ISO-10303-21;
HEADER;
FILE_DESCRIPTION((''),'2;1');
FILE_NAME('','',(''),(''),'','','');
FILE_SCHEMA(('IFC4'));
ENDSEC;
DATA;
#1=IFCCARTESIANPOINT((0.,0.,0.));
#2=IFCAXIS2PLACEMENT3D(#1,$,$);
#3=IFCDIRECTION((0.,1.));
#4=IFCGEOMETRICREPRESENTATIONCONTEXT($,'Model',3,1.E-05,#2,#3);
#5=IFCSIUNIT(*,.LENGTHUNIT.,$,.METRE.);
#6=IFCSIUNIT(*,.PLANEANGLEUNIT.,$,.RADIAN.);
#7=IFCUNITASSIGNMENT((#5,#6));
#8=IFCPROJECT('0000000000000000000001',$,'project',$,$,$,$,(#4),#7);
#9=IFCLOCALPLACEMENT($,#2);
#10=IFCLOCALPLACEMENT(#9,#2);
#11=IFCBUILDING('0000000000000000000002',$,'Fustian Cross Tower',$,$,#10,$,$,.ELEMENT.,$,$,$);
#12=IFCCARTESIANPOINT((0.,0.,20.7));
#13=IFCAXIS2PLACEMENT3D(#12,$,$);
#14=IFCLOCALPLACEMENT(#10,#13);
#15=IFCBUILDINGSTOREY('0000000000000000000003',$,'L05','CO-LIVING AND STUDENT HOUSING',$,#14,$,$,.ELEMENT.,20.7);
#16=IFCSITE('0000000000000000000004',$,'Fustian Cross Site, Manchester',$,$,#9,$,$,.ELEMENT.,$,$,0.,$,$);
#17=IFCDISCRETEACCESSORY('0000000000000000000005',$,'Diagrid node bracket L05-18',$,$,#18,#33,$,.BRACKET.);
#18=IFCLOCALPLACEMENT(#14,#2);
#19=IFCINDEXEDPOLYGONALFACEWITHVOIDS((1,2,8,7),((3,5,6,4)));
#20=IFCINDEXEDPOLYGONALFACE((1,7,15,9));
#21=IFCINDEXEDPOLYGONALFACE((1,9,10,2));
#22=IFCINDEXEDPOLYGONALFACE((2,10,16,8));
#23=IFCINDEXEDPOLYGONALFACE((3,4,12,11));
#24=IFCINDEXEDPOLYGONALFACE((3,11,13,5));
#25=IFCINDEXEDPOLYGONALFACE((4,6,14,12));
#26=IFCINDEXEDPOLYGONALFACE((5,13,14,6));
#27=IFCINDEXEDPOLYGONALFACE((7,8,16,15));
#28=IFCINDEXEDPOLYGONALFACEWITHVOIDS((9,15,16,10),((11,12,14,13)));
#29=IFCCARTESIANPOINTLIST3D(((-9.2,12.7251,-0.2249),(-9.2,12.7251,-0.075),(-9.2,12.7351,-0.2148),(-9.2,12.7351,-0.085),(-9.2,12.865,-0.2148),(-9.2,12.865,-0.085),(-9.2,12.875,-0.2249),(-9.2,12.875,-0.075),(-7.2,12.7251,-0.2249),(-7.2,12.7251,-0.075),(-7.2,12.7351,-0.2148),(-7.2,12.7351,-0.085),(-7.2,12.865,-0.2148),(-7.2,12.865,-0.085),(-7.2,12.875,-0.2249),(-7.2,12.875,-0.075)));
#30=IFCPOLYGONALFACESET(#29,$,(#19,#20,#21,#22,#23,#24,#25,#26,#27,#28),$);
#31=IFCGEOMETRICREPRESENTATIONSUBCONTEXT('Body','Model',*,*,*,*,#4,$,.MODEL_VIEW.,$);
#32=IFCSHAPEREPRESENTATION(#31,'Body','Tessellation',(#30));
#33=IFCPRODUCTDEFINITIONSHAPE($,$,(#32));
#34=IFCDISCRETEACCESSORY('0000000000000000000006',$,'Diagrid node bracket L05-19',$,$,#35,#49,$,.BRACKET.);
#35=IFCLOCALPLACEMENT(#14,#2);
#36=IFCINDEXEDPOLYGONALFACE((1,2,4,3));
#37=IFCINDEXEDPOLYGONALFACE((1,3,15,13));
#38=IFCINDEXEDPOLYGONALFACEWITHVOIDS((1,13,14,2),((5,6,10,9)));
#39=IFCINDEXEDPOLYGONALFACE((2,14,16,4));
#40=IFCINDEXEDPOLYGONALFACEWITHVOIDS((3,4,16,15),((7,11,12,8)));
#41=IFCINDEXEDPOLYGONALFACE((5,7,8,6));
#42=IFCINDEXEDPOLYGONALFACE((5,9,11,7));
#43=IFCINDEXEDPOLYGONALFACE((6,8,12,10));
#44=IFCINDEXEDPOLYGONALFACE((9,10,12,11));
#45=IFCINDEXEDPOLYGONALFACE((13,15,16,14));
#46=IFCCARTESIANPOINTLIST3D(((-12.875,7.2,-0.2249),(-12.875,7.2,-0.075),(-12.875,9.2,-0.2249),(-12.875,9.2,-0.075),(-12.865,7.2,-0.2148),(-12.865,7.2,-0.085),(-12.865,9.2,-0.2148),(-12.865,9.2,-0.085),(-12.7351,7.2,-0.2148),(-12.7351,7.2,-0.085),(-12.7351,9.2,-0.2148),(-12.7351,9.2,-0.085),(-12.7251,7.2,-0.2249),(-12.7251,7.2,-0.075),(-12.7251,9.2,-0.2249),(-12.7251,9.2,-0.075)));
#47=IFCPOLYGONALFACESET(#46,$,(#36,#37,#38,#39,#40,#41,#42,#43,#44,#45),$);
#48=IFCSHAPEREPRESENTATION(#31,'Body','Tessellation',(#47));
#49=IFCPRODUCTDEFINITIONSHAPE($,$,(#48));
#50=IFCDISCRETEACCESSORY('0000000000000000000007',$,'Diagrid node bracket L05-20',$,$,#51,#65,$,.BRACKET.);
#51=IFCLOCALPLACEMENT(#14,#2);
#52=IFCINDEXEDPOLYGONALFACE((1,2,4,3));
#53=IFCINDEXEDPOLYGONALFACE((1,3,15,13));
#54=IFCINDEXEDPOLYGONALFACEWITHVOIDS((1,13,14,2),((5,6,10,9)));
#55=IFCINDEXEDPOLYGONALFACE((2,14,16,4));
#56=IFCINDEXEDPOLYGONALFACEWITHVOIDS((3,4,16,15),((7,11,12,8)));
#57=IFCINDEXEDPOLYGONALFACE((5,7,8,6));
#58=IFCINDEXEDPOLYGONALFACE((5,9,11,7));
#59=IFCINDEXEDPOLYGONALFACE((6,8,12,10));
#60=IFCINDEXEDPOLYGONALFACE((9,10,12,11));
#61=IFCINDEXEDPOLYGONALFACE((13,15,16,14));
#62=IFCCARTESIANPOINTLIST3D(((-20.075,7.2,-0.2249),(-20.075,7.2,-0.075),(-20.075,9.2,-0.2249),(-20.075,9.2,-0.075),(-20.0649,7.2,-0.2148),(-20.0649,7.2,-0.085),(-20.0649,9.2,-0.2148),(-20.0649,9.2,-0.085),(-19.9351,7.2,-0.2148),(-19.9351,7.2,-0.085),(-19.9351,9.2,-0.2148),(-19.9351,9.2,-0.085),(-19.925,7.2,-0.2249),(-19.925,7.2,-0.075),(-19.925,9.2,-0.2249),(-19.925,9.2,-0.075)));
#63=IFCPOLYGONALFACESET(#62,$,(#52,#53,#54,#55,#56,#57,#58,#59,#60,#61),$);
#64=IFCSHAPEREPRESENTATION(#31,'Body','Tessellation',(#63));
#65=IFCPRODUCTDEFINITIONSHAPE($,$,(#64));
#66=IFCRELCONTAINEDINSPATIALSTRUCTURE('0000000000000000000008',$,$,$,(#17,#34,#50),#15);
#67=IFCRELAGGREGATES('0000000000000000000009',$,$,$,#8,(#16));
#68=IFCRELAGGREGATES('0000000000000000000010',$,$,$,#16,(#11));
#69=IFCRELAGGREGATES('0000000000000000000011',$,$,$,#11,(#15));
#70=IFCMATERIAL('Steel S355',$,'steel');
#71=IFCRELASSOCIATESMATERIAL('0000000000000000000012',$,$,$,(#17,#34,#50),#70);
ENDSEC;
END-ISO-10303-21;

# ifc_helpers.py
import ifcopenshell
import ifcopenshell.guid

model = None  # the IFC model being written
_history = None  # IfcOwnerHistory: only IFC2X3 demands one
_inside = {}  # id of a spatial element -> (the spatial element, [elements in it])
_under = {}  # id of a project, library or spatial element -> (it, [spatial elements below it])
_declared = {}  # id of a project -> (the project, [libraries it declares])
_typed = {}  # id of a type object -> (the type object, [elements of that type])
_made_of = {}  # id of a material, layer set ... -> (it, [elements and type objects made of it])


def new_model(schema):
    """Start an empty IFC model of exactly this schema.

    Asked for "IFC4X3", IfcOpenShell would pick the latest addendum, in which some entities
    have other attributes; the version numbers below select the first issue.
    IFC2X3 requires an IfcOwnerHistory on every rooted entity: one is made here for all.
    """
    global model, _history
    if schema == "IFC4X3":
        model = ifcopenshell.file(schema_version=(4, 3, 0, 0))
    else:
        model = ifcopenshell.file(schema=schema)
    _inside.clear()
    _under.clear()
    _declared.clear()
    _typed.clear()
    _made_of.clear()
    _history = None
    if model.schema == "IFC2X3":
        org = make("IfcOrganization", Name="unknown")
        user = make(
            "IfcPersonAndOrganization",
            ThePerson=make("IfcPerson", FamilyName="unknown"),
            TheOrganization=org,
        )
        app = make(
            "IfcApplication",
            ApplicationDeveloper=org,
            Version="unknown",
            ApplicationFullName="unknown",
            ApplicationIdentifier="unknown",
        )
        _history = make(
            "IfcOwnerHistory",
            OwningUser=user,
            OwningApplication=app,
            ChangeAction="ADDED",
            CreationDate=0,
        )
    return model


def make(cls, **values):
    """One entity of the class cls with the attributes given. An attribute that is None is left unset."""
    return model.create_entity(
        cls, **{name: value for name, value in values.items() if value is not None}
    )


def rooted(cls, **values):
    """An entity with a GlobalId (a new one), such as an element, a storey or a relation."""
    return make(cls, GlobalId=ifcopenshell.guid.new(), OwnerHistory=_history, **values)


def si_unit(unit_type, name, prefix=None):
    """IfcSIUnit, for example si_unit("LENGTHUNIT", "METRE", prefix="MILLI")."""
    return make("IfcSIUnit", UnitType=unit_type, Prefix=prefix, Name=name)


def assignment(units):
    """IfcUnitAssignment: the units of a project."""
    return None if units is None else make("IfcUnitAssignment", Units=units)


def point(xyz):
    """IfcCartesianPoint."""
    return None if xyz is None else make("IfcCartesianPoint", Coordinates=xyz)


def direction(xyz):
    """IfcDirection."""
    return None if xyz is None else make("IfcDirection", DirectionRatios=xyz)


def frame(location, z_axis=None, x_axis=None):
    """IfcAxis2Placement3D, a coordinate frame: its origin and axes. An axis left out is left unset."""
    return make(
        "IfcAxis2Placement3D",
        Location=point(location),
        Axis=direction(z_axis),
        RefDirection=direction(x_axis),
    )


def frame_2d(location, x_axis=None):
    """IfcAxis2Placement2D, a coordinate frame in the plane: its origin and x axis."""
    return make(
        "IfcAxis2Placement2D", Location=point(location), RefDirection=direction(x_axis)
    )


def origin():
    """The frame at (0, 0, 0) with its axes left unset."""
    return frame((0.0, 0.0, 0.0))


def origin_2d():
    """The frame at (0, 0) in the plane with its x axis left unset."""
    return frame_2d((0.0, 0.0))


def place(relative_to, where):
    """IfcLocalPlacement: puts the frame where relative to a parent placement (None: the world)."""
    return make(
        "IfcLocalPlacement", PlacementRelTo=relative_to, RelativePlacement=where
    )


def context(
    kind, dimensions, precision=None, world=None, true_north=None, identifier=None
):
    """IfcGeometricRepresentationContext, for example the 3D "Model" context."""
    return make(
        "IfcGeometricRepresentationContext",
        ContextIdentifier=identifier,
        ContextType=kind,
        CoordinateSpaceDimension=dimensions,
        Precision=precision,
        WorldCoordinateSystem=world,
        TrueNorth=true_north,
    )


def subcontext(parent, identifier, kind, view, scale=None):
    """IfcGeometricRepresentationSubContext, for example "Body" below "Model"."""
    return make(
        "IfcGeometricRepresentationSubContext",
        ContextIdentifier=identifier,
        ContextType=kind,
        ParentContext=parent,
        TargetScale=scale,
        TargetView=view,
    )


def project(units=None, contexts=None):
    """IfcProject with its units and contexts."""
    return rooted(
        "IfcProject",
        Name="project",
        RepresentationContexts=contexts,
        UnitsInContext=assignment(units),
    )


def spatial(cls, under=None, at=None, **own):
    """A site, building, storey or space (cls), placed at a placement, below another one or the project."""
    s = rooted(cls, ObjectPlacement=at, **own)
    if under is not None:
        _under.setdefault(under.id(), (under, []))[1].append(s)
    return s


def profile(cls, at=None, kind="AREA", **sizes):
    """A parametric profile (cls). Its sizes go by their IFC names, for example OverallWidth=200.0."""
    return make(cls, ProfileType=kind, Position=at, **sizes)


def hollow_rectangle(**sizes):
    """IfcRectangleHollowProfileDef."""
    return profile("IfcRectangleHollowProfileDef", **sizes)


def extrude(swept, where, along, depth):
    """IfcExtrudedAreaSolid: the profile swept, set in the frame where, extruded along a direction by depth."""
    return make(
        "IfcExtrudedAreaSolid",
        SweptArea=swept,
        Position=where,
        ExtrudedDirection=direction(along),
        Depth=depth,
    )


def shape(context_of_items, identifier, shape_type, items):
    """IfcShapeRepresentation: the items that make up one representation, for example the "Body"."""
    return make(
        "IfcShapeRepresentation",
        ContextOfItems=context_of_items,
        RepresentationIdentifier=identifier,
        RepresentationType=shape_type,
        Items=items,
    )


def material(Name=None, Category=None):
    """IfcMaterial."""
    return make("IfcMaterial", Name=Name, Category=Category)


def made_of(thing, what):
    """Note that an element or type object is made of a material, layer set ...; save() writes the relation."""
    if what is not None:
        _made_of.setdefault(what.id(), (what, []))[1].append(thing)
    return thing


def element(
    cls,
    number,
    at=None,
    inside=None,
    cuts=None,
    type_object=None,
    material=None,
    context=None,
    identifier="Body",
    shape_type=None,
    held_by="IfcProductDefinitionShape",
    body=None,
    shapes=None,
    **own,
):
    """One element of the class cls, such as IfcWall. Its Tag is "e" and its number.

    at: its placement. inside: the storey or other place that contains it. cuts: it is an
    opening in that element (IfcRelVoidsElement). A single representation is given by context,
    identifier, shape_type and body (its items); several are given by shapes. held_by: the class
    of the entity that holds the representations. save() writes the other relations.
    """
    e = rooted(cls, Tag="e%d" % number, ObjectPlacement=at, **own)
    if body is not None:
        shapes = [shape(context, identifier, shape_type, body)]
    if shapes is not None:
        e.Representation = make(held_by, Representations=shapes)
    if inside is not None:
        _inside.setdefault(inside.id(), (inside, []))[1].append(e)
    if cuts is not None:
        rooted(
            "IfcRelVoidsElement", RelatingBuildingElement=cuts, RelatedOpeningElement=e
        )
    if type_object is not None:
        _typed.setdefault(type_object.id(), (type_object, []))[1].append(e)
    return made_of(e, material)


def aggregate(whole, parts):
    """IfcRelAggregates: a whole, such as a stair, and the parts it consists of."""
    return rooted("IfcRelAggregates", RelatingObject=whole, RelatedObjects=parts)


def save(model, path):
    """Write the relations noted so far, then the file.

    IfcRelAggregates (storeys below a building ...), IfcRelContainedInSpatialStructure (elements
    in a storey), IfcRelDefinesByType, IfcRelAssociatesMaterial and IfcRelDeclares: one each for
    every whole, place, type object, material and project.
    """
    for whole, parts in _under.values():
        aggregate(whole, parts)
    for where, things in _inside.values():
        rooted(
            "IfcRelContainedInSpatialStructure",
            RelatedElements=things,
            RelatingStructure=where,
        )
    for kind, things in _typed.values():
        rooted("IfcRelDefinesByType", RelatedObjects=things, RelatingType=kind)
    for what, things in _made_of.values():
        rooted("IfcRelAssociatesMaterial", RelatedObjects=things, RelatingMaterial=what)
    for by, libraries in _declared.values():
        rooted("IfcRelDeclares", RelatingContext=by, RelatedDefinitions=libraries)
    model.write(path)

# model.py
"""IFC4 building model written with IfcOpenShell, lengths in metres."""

from ifc_helpers import new_model, si_unit, direction, frame, origin, origin_2d, place, context, subcontext, project, spatial, hollow_rectangle, extrude, material, element, save


model = new_model("IFC4")

# Units and contexts
model_context = context("Model", 3, precision=1e-05, world=origin(), true_north=direction((0.0, 1.0)))
body_context = subcontext(model_context, "Body", "Model", "MODEL_VIEW")
ifc_project = project(units=[si_unit("LENGTHUNIT", "METRE"), si_unit("PLANEANGLEUNIT", "RADIAN")], contexts=[model_context])

# Site, building, storey
site_placement = place(None, origin())
site = spatial("IfcSite", under=ifc_project, at=site_placement, Name="Fustian Cross Site, Manchester", CompositionType="ELEMENT", RefElevation=0.0)
building_placement = place(site_placement, origin())
building = spatial("IfcBuilding", under=site, at=building_placement, Name="Fustian Cross Tower", CompositionType="ELEMENT")
storey_placement = place(building_placement, frame((0.0, 0.0, 20.7)))
storey = spatial("IfcBuildingStorey", under=building, at=storey_placement, Name="L05", Description="CO-LIVING AND STUDENT HOUSING", CompositionType="ELEMENT", Elevation=20.7)

# Discrete accessories
ifc_material_1 = material(Name="Steel S355", Category="steel")
for number, where, z_axis, x_axis, name in (
    (1, (-9.2, 12.8, -0.1499), (1.0, 0.0, 0.0), (0.0, 1.0, 0.0), "Diagrid node bracket L05-18"),
    (2, (-12.8, 9.2, -0.1499), (0.0, -1.0, 0.0), (1.0, 0.0, 0.0), "Diagrid node bracket L05-19"),
    (3, (-20.0, 9.2, -0.1499), (0.0, -1.0, 0.0), (1.0, 0.0, 0.0), "Diagrid node bracket L05-20"),
):
    element("IfcDiscreteAccessory", number, at=place(storey_placement, frame(where, z_axis=z_axis, x_axis=x_axis)), inside=storey, material=ifc_material_1, Name=name, PredefinedType="BRACKET", context=body_context, shape_type="SweptSolid", body=[
        extrude(hollow_rectangle(XDim=0.1499, YDim=0.1499, WallThickness=0.01, at=origin_2d()), origin(), (0.0, 0.0, 1.0), 2.0),
    ])

save(model, "model.ifc")
